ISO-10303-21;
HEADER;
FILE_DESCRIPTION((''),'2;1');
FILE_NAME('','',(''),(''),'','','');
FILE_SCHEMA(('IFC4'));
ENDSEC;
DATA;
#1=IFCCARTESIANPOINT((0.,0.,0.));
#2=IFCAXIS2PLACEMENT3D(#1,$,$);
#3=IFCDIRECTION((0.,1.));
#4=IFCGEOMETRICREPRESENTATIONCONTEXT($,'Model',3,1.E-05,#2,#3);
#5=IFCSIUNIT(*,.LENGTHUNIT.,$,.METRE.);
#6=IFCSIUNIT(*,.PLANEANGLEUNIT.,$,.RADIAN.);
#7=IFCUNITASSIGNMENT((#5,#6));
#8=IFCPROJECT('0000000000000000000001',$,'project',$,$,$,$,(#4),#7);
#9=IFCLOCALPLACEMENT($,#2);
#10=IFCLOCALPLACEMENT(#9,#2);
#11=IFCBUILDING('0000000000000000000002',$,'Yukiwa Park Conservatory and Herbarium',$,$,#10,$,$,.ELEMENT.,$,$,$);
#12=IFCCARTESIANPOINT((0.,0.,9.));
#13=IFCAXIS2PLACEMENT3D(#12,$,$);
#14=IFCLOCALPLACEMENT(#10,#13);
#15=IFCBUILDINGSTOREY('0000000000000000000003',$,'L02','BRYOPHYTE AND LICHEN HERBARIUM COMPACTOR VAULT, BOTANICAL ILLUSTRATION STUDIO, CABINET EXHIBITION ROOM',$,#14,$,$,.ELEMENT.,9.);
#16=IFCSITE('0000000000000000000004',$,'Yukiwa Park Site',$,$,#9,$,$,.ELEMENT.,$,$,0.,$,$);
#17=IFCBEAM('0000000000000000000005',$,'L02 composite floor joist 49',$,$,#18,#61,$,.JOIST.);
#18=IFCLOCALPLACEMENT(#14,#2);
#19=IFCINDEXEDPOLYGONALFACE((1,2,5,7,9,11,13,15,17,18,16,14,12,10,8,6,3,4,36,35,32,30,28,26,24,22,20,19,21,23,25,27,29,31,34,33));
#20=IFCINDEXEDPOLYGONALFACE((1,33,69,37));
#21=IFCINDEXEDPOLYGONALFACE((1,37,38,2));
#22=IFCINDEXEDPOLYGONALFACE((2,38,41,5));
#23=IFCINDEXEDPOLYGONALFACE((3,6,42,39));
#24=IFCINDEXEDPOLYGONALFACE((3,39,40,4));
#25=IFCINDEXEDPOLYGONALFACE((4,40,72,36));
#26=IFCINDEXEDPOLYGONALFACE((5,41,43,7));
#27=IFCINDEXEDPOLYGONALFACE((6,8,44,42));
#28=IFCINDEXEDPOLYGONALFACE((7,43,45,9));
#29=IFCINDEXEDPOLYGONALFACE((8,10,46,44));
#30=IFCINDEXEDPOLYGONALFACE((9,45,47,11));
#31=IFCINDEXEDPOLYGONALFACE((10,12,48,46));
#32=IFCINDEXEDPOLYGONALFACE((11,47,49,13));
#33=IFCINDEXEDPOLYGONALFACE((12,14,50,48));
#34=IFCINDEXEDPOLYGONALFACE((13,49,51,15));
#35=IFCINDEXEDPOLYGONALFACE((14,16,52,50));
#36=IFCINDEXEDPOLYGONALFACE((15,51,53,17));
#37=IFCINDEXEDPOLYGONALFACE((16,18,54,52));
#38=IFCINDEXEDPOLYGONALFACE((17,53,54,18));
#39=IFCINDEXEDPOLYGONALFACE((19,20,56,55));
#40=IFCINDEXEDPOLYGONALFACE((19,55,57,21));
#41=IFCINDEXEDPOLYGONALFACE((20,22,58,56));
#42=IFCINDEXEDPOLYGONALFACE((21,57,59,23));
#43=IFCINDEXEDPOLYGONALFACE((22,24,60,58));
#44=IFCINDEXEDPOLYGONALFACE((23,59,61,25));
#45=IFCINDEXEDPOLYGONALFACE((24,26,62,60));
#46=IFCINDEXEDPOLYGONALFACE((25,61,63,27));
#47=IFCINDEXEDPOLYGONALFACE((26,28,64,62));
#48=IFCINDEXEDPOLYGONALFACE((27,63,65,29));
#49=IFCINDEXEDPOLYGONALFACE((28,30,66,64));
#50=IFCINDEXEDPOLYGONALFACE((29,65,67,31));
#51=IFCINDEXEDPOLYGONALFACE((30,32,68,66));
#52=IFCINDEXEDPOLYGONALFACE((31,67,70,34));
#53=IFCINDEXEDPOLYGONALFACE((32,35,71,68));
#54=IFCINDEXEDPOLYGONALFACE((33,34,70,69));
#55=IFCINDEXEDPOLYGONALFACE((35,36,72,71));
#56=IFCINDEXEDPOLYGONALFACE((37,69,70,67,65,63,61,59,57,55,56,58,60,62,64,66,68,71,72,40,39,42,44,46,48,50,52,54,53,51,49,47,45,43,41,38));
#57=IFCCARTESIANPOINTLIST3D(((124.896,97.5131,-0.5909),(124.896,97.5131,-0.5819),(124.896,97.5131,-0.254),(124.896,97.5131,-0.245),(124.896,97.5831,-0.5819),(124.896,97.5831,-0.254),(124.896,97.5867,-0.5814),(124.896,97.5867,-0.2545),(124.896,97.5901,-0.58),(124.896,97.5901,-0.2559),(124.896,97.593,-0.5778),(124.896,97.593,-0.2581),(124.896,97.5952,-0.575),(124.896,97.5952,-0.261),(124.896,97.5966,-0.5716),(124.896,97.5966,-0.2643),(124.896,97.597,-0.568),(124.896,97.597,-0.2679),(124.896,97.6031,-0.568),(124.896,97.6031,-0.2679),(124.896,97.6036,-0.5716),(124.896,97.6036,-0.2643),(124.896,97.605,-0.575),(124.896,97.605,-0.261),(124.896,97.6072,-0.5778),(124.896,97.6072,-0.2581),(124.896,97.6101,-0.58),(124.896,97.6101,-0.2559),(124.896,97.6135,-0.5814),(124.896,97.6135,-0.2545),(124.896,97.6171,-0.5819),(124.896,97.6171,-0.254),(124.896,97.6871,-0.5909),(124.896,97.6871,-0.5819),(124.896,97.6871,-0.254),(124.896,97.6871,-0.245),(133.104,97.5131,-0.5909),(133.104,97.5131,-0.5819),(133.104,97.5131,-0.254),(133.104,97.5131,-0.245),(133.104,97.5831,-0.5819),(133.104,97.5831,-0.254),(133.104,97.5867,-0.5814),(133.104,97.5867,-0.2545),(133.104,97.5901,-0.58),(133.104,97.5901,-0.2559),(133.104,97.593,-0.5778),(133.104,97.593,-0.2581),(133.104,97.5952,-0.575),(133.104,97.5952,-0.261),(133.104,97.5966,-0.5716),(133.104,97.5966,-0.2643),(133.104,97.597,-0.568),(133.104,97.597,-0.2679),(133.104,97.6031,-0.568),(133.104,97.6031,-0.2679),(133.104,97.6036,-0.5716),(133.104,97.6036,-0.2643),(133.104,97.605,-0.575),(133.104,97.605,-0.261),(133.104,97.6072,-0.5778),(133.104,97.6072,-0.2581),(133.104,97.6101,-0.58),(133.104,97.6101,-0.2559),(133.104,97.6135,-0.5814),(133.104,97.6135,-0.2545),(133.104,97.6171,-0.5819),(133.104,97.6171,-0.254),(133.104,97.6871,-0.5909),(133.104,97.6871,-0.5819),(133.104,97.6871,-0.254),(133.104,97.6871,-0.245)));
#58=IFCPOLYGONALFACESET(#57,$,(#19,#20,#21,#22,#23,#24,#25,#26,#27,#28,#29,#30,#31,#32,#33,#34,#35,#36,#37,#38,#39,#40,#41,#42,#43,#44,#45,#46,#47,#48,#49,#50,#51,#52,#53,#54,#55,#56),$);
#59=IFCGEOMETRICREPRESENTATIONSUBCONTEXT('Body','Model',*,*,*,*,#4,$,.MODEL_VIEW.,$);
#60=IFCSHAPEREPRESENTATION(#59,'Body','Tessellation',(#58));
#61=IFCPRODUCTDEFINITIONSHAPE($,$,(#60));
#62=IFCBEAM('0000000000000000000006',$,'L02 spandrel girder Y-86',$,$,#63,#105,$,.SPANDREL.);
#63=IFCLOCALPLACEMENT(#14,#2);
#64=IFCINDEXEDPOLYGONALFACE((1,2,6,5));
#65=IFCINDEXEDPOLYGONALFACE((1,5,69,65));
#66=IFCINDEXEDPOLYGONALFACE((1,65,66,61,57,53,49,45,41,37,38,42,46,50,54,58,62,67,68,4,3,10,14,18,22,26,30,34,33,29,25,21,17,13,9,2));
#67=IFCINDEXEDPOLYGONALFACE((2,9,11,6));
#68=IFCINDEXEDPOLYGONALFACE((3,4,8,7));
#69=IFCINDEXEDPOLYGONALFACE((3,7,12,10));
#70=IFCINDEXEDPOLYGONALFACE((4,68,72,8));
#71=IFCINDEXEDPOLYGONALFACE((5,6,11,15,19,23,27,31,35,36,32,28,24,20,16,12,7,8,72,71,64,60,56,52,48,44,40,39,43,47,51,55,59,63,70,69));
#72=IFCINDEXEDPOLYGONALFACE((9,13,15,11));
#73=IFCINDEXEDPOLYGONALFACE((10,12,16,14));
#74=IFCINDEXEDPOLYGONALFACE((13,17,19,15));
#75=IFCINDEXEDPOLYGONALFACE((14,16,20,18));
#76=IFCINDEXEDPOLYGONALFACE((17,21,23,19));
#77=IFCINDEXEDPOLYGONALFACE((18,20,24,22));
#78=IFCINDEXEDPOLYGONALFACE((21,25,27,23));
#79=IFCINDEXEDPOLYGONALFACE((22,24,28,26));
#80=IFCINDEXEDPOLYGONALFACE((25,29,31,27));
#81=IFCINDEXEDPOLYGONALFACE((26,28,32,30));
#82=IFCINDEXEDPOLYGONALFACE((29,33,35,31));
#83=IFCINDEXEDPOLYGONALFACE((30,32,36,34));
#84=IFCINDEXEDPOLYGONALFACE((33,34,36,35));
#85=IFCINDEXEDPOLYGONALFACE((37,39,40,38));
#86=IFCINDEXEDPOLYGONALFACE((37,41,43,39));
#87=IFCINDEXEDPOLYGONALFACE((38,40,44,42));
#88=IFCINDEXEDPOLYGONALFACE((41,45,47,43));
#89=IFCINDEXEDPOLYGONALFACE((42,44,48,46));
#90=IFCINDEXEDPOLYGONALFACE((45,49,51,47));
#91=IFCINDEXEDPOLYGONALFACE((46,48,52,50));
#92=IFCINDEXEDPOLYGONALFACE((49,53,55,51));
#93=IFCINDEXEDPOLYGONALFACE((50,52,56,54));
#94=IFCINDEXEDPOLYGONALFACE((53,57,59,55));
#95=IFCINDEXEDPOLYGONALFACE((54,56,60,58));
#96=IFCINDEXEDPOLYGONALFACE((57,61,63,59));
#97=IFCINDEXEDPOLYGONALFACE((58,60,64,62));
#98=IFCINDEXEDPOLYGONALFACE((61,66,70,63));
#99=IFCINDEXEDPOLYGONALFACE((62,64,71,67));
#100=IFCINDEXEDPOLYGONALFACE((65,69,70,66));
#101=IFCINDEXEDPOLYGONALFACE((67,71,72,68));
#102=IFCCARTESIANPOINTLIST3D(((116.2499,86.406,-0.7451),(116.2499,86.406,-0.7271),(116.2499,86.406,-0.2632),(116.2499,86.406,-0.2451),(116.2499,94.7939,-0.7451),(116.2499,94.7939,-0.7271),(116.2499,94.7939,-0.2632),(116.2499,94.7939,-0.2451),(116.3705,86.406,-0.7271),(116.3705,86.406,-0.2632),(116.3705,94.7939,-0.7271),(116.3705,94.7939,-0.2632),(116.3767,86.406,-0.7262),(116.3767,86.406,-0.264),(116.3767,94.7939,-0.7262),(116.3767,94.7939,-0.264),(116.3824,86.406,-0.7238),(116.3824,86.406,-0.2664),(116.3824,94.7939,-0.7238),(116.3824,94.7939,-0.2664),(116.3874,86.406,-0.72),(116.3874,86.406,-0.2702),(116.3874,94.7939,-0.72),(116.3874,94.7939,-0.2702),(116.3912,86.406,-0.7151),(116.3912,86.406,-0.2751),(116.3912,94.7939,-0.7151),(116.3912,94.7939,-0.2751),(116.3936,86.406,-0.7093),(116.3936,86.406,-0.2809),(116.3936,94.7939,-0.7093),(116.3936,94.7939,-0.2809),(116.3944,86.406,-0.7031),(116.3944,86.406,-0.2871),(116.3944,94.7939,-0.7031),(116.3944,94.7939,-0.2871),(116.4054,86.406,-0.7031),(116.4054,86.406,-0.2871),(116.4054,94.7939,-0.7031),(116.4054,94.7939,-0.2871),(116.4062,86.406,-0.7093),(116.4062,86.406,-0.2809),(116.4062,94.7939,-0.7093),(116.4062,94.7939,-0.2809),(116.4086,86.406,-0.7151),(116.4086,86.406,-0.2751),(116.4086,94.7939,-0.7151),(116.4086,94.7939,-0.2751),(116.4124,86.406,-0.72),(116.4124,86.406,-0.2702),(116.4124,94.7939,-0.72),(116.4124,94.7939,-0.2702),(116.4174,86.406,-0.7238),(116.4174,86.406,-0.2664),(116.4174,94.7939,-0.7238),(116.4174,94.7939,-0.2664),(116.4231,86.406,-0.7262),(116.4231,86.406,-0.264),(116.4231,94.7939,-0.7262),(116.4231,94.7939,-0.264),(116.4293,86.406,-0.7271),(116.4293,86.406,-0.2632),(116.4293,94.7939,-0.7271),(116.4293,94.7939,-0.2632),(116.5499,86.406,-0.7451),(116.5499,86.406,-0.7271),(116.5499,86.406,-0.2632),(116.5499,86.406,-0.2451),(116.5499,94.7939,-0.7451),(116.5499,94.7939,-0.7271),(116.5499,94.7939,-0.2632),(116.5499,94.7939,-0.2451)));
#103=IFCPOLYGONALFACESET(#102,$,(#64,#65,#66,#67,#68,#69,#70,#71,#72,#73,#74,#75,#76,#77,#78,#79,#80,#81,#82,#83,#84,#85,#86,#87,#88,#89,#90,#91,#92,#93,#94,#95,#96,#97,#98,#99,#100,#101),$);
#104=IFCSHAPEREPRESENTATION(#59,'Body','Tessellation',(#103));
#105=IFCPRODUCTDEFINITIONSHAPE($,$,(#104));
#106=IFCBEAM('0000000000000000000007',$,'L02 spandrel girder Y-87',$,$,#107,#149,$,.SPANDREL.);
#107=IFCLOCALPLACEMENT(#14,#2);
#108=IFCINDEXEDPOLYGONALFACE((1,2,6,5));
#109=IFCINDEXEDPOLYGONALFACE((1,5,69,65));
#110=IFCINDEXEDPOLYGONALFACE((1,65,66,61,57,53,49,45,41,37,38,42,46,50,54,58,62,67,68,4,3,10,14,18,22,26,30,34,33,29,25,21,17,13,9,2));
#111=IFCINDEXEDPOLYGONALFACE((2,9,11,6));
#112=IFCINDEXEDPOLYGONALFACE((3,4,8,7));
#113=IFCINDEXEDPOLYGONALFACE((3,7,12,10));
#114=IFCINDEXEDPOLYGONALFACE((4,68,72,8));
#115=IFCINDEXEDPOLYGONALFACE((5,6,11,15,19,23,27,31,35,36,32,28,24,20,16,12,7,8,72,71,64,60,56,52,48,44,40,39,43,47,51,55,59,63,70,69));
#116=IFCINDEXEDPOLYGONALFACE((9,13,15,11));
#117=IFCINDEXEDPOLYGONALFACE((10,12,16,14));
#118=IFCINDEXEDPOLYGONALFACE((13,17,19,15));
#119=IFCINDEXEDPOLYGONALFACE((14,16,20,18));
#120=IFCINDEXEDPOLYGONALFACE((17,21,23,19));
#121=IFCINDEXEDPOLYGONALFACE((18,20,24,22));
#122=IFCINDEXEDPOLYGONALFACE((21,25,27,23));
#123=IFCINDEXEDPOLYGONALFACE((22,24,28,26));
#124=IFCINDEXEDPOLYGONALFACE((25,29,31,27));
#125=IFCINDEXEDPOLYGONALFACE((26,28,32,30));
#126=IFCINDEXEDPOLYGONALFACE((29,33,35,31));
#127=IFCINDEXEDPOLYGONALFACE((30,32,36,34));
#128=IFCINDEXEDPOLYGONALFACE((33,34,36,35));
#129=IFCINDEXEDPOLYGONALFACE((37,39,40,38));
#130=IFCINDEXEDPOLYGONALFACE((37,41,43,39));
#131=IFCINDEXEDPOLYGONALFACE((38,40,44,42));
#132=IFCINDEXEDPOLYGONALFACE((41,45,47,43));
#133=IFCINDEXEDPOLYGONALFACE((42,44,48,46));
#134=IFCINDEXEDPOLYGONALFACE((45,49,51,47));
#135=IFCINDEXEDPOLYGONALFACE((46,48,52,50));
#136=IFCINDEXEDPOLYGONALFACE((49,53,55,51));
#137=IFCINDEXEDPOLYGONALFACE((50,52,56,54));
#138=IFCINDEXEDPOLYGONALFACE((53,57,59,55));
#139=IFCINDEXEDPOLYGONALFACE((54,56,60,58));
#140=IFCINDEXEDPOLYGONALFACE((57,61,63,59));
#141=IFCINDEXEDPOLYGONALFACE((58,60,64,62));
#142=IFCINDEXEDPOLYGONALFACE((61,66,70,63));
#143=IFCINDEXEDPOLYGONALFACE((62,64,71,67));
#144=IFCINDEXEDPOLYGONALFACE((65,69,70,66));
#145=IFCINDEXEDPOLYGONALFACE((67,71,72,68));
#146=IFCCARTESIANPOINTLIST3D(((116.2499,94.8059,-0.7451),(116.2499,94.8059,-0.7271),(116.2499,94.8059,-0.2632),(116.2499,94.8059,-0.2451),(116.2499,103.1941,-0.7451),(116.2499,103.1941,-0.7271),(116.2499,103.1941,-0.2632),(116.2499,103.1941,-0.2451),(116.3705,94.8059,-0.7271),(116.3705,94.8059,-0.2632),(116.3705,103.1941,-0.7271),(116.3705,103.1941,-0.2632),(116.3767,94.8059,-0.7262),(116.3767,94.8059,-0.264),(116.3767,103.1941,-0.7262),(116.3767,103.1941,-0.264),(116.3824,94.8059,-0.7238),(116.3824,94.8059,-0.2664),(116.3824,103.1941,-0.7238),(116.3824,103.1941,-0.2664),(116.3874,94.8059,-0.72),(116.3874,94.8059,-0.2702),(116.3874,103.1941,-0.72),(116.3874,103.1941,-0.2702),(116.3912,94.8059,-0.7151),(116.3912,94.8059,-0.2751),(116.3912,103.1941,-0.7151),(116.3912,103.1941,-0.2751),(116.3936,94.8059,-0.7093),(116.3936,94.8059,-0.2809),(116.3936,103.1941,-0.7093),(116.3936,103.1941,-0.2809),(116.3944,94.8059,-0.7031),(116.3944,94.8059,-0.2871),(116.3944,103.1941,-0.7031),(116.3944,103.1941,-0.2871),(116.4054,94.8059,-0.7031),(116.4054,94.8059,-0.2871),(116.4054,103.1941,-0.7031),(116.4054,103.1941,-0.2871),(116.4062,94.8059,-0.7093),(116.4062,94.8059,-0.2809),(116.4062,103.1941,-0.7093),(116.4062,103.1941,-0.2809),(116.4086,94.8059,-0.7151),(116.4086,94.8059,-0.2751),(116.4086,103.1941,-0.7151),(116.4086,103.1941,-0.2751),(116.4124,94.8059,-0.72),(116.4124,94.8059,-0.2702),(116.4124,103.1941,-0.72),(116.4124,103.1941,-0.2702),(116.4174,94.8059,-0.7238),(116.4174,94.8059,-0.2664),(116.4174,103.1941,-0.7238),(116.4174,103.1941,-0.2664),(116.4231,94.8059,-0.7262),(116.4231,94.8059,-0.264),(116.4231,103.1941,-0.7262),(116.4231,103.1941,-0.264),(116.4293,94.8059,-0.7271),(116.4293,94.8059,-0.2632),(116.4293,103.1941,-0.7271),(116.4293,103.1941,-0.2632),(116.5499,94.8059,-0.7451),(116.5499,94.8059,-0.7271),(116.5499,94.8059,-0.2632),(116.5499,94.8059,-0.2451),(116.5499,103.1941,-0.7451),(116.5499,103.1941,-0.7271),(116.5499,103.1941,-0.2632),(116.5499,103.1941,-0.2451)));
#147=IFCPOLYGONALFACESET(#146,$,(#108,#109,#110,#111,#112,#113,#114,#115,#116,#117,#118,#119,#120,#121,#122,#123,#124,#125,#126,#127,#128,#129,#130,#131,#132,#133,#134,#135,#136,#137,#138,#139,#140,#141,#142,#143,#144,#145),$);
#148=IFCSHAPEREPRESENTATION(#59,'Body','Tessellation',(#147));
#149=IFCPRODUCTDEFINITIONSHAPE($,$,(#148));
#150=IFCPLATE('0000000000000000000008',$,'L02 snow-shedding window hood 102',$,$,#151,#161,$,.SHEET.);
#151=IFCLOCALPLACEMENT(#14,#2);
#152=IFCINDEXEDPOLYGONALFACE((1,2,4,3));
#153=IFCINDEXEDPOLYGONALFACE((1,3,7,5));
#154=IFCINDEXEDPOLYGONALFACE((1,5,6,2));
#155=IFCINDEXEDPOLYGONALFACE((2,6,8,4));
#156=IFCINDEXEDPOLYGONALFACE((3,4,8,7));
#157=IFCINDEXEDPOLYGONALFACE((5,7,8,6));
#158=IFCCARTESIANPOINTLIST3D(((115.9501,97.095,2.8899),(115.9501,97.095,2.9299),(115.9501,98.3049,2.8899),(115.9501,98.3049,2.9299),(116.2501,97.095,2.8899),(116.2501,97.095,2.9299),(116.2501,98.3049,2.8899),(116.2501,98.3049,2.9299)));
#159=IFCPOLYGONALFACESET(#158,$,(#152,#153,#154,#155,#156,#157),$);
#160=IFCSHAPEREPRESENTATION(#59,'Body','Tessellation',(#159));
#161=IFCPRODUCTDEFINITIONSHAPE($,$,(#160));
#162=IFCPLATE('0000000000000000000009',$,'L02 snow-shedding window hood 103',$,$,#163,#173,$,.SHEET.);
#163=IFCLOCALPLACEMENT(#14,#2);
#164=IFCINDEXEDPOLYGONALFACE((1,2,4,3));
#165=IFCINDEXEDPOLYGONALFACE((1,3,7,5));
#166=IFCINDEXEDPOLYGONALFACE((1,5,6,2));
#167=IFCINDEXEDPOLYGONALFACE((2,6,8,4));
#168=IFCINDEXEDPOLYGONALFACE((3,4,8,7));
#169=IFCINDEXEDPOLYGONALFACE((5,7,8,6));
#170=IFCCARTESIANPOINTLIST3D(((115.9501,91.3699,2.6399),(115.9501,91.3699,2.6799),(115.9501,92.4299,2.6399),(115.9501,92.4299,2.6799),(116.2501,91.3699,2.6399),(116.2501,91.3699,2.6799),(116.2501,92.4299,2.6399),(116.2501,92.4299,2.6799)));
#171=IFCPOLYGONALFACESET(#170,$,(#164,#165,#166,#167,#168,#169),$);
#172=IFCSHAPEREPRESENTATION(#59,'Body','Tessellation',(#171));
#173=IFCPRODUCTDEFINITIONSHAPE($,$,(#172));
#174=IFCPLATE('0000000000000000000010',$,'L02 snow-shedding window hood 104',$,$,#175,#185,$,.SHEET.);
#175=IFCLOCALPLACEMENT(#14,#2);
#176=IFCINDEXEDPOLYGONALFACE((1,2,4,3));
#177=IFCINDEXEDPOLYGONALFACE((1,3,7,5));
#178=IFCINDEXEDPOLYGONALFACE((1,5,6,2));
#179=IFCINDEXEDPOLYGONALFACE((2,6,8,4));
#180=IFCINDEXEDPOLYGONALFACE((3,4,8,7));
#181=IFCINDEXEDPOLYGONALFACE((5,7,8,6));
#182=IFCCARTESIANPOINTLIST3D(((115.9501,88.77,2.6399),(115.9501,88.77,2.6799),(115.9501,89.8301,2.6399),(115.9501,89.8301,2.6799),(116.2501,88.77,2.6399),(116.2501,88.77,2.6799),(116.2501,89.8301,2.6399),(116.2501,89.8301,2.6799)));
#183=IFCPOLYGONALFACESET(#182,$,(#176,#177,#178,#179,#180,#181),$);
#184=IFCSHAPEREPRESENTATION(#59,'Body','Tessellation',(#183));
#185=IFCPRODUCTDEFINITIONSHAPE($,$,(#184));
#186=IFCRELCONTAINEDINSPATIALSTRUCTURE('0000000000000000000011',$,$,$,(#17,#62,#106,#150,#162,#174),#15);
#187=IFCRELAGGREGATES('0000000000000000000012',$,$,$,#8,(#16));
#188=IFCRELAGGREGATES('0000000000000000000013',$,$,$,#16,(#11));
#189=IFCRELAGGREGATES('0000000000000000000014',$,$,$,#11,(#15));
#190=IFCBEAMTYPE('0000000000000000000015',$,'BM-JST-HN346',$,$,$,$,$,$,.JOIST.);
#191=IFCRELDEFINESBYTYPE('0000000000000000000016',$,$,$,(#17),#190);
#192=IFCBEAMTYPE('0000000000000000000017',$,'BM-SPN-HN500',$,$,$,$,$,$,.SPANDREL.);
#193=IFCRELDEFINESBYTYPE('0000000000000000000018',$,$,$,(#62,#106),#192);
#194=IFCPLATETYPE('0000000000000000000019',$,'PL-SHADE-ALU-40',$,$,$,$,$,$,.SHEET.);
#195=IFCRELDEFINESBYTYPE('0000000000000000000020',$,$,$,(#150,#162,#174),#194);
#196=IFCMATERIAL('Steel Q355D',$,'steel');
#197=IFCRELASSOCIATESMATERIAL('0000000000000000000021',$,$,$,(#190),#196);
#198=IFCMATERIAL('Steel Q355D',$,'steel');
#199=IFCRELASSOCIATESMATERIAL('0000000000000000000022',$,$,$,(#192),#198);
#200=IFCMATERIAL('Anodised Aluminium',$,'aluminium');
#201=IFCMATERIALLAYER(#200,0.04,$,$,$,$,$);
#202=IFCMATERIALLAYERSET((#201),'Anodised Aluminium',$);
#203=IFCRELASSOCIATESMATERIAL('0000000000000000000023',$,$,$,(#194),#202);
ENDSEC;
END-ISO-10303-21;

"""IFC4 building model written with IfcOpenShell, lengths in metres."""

from ifc_helpers import new_model, si_unit, direction, frame, origin, origin_2d, place, context, subcontext, project, spatial, rectangle, i_section, extrude, material, layer, layer_set, material_profile, profile_set, type_object, element, save


model = new_model("IFC4")

# Units and contexts
model_context = context("Model", 3, precision=1e-05, world=origin(), true_north=direction((0.0, 1.0)))
body_context = subcontext(model_context, "Body", "Model", "MODEL_VIEW")
ifc_project = project(units=[si_unit("LENGTHUNIT", "METRE"), si_unit("PLANEANGLEUNIT", "RADIAN")], contexts=[model_context])

# Site, building, storey
site_placement = place(None, origin())
site = spatial("IfcSite", under=ifc_project, at=site_placement, Name="Yukiwa Park Site", CompositionType="ELEMENT", RefElevation=0.0)
building_placement = place(site_placement, origin())
building = spatial("IfcBuilding", under=site, at=building_placement, Name="Yukiwa Park Conservatory and Herbarium", CompositionType="ELEMENT")
storey_placement = place(building_placement, frame((0.0, 0.0, 9.0)))
storey = spatial("IfcBuildingStorey", under=building, at=storey_placement, Name="L02", Description="BRYOPHYTE AND LICHEN HERBARIUM COMPACTOR VAULT, BOTANICAL ILLUSTRATION STUDIO, CABINET EXHIBITION ROOM", CompositionType="ELEMENT", Elevation=9.0)

# Beams
ifc_material_1 = material(Name="Steel Q355D", Category="steel")
ifc_material_profile_1 = material_profile(ifc_material_1, i_section(OverallWidth=0.1741, OverallDepth=0.3459, WebThickness=0.0061, FlangeThickness=0.009, FilletRadius=0.0139, at=origin_2d()), Name="HN 346x174x6x9")
ifc_profile_set_1 = profile_set([ifc_material_profile_1], Name="Steel Q355D")
beam_type_1 = type_object("IfcBeamType", Name="BM-JST-HN346", PredefinedType="JOIST", material=ifc_profile_set_1)
for number, where, z_axis, x_axis, name in (
    (1, (124.896, 97.6001, -0.418), (1.0, 0.0, 0.0), (0.0, 1.0, 0.0), "L02 composite floor joist 49"),
):
    element("IfcBeam", number, at=place(storey_placement, frame(where, z_axis=z_axis, x_axis=x_axis)), inside=storey, type_object=beam_type_1, Name=name, PredefinedType="JOIST", context=body_context, shape_type="SweptSolid", body=[
        extrude(i_section(OverallWidth=0.1741, OverallDepth=0.3459, WebThickness=0.0061, FlangeThickness=0.009, FilletRadius=0.0139, at=origin_2d()), origin(), (0.0, 0.0, 1.0), 8.208),
    ])
ifc_material_2 = material(Name="Steel Q355D", Category="steel")
ifc_material_profile_2 = material_profile(ifc_material_2, i_section(OverallWidth=0.3, OverallDepth=0.5, WebThickness=0.011, FlangeThickness=0.0181, FilletRadius=0.0239, at=origin_2d()), Name="HM 500x300x11x18")
ifc_profile_set_2 = profile_set([ifc_material_profile_2], Name="Steel Q355D")
beam_type_2 = type_object("IfcBeamType", Name="BM-SPN-HN500", PredefinedType="SPANDREL", material=ifc_profile_set_2)
beam_1_placement = place(storey_placement, frame((116.3999, 86.406, -0.4951), z_axis=(0.0, 1.0, 0.0), x_axis=(-1.0, 0.0, 0.0)))
element("IfcBeam", 2, at=beam_1_placement, inside=storey, type_object=beam_type_2, Name="L02 spandrel girder Y-86", PredefinedType="SPANDREL", context=body_context, shape_type="SweptSolid", body=[
    extrude(i_section(OverallWidth=0.3, OverallDepth=0.5, WebThickness=0.011, FlangeThickness=0.0181, FilletRadius=0.0239, at=origin_2d()), origin(), (0.0, 0.0, 1.0), 8.3879),
])
beam_2_placement = place(storey_placement, frame((116.3999, 94.8059, -0.4951), z_axis=(0.0, 1.0, 0.0), x_axis=(-1.0, 0.0, 0.0)))
element("IfcBeam", 3, at=beam_2_placement, inside=storey, type_object=beam_type_2, Name="L02 spandrel girder Y-87", PredefinedType="SPANDREL", context=body_context, shape_type="SweptSolid", body=[
    extrude(i_section(OverallWidth=0.3, OverallDepth=0.5, WebThickness=0.011, FlangeThickness=0.0181, FilletRadius=0.0239, at=origin_2d()), origin(), (0.0, 0.0, 1.0), 8.3882),
])

# Plates
ifc_material_3 = material(Name="Anodised Aluminium", Category="aluminium")
ifc_layer_1 = layer(ifc_material_3, 0.04)
ifc_layer_set_1 = layer_set([ifc_layer_1], Name="Anodised Aluminium")
plate_type = type_object("IfcPlateType", Name="PL-SHADE-ALU-40", PredefinedType="SHEET", material=ifc_layer_set_1)
plate_placement = place(storey_placement, frame((116.1001, 97.7, 2.8899), z_axis=(0.0, 0.0, 1.0), x_axis=(0.0, -1.0, 0.0)))
element("IfcPlate", 4, at=plate_placement, inside=storey, type_object=plate_type, Name="L02 snow-shedding window hood 102", PredefinedType="SHEET", context=body_context, shape_type="SweptSolid", body=[
    extrude(rectangle(XDim=1.21, YDim=0.3, at=origin_2d()), origin(), (0.0, 0.0, 1.0), 0.04),
])
for number, where, z_axis, x_axis, name in (
    (5, (116.1001, 91.8999, 2.6399), (0.0, 0.0, 1.0), (0.0, -1.0, 0.0), "L02 snow-shedding window hood 103"),
    (6, (116.1001, 89.3, 2.6399), (0.0, 0.0, 1.0), (0.0, -1.0, 0.0), "L02 snow-shedding window hood 104"),
):
    element("IfcPlate", number, at=place(storey_placement, frame(where, z_axis=z_axis, x_axis=x_axis)), inside=storey, type_object=plate_type, Name=name, PredefinedType="SHEET", context=body_context, shape_type="SweptSolid", body=[
        extrude(rectangle(XDim=1.0601, YDim=0.3, at=origin_2d()), origin(), (0.0, 0.0, 1.0), 0.04),
    ])

save(model, "model.ifc")
